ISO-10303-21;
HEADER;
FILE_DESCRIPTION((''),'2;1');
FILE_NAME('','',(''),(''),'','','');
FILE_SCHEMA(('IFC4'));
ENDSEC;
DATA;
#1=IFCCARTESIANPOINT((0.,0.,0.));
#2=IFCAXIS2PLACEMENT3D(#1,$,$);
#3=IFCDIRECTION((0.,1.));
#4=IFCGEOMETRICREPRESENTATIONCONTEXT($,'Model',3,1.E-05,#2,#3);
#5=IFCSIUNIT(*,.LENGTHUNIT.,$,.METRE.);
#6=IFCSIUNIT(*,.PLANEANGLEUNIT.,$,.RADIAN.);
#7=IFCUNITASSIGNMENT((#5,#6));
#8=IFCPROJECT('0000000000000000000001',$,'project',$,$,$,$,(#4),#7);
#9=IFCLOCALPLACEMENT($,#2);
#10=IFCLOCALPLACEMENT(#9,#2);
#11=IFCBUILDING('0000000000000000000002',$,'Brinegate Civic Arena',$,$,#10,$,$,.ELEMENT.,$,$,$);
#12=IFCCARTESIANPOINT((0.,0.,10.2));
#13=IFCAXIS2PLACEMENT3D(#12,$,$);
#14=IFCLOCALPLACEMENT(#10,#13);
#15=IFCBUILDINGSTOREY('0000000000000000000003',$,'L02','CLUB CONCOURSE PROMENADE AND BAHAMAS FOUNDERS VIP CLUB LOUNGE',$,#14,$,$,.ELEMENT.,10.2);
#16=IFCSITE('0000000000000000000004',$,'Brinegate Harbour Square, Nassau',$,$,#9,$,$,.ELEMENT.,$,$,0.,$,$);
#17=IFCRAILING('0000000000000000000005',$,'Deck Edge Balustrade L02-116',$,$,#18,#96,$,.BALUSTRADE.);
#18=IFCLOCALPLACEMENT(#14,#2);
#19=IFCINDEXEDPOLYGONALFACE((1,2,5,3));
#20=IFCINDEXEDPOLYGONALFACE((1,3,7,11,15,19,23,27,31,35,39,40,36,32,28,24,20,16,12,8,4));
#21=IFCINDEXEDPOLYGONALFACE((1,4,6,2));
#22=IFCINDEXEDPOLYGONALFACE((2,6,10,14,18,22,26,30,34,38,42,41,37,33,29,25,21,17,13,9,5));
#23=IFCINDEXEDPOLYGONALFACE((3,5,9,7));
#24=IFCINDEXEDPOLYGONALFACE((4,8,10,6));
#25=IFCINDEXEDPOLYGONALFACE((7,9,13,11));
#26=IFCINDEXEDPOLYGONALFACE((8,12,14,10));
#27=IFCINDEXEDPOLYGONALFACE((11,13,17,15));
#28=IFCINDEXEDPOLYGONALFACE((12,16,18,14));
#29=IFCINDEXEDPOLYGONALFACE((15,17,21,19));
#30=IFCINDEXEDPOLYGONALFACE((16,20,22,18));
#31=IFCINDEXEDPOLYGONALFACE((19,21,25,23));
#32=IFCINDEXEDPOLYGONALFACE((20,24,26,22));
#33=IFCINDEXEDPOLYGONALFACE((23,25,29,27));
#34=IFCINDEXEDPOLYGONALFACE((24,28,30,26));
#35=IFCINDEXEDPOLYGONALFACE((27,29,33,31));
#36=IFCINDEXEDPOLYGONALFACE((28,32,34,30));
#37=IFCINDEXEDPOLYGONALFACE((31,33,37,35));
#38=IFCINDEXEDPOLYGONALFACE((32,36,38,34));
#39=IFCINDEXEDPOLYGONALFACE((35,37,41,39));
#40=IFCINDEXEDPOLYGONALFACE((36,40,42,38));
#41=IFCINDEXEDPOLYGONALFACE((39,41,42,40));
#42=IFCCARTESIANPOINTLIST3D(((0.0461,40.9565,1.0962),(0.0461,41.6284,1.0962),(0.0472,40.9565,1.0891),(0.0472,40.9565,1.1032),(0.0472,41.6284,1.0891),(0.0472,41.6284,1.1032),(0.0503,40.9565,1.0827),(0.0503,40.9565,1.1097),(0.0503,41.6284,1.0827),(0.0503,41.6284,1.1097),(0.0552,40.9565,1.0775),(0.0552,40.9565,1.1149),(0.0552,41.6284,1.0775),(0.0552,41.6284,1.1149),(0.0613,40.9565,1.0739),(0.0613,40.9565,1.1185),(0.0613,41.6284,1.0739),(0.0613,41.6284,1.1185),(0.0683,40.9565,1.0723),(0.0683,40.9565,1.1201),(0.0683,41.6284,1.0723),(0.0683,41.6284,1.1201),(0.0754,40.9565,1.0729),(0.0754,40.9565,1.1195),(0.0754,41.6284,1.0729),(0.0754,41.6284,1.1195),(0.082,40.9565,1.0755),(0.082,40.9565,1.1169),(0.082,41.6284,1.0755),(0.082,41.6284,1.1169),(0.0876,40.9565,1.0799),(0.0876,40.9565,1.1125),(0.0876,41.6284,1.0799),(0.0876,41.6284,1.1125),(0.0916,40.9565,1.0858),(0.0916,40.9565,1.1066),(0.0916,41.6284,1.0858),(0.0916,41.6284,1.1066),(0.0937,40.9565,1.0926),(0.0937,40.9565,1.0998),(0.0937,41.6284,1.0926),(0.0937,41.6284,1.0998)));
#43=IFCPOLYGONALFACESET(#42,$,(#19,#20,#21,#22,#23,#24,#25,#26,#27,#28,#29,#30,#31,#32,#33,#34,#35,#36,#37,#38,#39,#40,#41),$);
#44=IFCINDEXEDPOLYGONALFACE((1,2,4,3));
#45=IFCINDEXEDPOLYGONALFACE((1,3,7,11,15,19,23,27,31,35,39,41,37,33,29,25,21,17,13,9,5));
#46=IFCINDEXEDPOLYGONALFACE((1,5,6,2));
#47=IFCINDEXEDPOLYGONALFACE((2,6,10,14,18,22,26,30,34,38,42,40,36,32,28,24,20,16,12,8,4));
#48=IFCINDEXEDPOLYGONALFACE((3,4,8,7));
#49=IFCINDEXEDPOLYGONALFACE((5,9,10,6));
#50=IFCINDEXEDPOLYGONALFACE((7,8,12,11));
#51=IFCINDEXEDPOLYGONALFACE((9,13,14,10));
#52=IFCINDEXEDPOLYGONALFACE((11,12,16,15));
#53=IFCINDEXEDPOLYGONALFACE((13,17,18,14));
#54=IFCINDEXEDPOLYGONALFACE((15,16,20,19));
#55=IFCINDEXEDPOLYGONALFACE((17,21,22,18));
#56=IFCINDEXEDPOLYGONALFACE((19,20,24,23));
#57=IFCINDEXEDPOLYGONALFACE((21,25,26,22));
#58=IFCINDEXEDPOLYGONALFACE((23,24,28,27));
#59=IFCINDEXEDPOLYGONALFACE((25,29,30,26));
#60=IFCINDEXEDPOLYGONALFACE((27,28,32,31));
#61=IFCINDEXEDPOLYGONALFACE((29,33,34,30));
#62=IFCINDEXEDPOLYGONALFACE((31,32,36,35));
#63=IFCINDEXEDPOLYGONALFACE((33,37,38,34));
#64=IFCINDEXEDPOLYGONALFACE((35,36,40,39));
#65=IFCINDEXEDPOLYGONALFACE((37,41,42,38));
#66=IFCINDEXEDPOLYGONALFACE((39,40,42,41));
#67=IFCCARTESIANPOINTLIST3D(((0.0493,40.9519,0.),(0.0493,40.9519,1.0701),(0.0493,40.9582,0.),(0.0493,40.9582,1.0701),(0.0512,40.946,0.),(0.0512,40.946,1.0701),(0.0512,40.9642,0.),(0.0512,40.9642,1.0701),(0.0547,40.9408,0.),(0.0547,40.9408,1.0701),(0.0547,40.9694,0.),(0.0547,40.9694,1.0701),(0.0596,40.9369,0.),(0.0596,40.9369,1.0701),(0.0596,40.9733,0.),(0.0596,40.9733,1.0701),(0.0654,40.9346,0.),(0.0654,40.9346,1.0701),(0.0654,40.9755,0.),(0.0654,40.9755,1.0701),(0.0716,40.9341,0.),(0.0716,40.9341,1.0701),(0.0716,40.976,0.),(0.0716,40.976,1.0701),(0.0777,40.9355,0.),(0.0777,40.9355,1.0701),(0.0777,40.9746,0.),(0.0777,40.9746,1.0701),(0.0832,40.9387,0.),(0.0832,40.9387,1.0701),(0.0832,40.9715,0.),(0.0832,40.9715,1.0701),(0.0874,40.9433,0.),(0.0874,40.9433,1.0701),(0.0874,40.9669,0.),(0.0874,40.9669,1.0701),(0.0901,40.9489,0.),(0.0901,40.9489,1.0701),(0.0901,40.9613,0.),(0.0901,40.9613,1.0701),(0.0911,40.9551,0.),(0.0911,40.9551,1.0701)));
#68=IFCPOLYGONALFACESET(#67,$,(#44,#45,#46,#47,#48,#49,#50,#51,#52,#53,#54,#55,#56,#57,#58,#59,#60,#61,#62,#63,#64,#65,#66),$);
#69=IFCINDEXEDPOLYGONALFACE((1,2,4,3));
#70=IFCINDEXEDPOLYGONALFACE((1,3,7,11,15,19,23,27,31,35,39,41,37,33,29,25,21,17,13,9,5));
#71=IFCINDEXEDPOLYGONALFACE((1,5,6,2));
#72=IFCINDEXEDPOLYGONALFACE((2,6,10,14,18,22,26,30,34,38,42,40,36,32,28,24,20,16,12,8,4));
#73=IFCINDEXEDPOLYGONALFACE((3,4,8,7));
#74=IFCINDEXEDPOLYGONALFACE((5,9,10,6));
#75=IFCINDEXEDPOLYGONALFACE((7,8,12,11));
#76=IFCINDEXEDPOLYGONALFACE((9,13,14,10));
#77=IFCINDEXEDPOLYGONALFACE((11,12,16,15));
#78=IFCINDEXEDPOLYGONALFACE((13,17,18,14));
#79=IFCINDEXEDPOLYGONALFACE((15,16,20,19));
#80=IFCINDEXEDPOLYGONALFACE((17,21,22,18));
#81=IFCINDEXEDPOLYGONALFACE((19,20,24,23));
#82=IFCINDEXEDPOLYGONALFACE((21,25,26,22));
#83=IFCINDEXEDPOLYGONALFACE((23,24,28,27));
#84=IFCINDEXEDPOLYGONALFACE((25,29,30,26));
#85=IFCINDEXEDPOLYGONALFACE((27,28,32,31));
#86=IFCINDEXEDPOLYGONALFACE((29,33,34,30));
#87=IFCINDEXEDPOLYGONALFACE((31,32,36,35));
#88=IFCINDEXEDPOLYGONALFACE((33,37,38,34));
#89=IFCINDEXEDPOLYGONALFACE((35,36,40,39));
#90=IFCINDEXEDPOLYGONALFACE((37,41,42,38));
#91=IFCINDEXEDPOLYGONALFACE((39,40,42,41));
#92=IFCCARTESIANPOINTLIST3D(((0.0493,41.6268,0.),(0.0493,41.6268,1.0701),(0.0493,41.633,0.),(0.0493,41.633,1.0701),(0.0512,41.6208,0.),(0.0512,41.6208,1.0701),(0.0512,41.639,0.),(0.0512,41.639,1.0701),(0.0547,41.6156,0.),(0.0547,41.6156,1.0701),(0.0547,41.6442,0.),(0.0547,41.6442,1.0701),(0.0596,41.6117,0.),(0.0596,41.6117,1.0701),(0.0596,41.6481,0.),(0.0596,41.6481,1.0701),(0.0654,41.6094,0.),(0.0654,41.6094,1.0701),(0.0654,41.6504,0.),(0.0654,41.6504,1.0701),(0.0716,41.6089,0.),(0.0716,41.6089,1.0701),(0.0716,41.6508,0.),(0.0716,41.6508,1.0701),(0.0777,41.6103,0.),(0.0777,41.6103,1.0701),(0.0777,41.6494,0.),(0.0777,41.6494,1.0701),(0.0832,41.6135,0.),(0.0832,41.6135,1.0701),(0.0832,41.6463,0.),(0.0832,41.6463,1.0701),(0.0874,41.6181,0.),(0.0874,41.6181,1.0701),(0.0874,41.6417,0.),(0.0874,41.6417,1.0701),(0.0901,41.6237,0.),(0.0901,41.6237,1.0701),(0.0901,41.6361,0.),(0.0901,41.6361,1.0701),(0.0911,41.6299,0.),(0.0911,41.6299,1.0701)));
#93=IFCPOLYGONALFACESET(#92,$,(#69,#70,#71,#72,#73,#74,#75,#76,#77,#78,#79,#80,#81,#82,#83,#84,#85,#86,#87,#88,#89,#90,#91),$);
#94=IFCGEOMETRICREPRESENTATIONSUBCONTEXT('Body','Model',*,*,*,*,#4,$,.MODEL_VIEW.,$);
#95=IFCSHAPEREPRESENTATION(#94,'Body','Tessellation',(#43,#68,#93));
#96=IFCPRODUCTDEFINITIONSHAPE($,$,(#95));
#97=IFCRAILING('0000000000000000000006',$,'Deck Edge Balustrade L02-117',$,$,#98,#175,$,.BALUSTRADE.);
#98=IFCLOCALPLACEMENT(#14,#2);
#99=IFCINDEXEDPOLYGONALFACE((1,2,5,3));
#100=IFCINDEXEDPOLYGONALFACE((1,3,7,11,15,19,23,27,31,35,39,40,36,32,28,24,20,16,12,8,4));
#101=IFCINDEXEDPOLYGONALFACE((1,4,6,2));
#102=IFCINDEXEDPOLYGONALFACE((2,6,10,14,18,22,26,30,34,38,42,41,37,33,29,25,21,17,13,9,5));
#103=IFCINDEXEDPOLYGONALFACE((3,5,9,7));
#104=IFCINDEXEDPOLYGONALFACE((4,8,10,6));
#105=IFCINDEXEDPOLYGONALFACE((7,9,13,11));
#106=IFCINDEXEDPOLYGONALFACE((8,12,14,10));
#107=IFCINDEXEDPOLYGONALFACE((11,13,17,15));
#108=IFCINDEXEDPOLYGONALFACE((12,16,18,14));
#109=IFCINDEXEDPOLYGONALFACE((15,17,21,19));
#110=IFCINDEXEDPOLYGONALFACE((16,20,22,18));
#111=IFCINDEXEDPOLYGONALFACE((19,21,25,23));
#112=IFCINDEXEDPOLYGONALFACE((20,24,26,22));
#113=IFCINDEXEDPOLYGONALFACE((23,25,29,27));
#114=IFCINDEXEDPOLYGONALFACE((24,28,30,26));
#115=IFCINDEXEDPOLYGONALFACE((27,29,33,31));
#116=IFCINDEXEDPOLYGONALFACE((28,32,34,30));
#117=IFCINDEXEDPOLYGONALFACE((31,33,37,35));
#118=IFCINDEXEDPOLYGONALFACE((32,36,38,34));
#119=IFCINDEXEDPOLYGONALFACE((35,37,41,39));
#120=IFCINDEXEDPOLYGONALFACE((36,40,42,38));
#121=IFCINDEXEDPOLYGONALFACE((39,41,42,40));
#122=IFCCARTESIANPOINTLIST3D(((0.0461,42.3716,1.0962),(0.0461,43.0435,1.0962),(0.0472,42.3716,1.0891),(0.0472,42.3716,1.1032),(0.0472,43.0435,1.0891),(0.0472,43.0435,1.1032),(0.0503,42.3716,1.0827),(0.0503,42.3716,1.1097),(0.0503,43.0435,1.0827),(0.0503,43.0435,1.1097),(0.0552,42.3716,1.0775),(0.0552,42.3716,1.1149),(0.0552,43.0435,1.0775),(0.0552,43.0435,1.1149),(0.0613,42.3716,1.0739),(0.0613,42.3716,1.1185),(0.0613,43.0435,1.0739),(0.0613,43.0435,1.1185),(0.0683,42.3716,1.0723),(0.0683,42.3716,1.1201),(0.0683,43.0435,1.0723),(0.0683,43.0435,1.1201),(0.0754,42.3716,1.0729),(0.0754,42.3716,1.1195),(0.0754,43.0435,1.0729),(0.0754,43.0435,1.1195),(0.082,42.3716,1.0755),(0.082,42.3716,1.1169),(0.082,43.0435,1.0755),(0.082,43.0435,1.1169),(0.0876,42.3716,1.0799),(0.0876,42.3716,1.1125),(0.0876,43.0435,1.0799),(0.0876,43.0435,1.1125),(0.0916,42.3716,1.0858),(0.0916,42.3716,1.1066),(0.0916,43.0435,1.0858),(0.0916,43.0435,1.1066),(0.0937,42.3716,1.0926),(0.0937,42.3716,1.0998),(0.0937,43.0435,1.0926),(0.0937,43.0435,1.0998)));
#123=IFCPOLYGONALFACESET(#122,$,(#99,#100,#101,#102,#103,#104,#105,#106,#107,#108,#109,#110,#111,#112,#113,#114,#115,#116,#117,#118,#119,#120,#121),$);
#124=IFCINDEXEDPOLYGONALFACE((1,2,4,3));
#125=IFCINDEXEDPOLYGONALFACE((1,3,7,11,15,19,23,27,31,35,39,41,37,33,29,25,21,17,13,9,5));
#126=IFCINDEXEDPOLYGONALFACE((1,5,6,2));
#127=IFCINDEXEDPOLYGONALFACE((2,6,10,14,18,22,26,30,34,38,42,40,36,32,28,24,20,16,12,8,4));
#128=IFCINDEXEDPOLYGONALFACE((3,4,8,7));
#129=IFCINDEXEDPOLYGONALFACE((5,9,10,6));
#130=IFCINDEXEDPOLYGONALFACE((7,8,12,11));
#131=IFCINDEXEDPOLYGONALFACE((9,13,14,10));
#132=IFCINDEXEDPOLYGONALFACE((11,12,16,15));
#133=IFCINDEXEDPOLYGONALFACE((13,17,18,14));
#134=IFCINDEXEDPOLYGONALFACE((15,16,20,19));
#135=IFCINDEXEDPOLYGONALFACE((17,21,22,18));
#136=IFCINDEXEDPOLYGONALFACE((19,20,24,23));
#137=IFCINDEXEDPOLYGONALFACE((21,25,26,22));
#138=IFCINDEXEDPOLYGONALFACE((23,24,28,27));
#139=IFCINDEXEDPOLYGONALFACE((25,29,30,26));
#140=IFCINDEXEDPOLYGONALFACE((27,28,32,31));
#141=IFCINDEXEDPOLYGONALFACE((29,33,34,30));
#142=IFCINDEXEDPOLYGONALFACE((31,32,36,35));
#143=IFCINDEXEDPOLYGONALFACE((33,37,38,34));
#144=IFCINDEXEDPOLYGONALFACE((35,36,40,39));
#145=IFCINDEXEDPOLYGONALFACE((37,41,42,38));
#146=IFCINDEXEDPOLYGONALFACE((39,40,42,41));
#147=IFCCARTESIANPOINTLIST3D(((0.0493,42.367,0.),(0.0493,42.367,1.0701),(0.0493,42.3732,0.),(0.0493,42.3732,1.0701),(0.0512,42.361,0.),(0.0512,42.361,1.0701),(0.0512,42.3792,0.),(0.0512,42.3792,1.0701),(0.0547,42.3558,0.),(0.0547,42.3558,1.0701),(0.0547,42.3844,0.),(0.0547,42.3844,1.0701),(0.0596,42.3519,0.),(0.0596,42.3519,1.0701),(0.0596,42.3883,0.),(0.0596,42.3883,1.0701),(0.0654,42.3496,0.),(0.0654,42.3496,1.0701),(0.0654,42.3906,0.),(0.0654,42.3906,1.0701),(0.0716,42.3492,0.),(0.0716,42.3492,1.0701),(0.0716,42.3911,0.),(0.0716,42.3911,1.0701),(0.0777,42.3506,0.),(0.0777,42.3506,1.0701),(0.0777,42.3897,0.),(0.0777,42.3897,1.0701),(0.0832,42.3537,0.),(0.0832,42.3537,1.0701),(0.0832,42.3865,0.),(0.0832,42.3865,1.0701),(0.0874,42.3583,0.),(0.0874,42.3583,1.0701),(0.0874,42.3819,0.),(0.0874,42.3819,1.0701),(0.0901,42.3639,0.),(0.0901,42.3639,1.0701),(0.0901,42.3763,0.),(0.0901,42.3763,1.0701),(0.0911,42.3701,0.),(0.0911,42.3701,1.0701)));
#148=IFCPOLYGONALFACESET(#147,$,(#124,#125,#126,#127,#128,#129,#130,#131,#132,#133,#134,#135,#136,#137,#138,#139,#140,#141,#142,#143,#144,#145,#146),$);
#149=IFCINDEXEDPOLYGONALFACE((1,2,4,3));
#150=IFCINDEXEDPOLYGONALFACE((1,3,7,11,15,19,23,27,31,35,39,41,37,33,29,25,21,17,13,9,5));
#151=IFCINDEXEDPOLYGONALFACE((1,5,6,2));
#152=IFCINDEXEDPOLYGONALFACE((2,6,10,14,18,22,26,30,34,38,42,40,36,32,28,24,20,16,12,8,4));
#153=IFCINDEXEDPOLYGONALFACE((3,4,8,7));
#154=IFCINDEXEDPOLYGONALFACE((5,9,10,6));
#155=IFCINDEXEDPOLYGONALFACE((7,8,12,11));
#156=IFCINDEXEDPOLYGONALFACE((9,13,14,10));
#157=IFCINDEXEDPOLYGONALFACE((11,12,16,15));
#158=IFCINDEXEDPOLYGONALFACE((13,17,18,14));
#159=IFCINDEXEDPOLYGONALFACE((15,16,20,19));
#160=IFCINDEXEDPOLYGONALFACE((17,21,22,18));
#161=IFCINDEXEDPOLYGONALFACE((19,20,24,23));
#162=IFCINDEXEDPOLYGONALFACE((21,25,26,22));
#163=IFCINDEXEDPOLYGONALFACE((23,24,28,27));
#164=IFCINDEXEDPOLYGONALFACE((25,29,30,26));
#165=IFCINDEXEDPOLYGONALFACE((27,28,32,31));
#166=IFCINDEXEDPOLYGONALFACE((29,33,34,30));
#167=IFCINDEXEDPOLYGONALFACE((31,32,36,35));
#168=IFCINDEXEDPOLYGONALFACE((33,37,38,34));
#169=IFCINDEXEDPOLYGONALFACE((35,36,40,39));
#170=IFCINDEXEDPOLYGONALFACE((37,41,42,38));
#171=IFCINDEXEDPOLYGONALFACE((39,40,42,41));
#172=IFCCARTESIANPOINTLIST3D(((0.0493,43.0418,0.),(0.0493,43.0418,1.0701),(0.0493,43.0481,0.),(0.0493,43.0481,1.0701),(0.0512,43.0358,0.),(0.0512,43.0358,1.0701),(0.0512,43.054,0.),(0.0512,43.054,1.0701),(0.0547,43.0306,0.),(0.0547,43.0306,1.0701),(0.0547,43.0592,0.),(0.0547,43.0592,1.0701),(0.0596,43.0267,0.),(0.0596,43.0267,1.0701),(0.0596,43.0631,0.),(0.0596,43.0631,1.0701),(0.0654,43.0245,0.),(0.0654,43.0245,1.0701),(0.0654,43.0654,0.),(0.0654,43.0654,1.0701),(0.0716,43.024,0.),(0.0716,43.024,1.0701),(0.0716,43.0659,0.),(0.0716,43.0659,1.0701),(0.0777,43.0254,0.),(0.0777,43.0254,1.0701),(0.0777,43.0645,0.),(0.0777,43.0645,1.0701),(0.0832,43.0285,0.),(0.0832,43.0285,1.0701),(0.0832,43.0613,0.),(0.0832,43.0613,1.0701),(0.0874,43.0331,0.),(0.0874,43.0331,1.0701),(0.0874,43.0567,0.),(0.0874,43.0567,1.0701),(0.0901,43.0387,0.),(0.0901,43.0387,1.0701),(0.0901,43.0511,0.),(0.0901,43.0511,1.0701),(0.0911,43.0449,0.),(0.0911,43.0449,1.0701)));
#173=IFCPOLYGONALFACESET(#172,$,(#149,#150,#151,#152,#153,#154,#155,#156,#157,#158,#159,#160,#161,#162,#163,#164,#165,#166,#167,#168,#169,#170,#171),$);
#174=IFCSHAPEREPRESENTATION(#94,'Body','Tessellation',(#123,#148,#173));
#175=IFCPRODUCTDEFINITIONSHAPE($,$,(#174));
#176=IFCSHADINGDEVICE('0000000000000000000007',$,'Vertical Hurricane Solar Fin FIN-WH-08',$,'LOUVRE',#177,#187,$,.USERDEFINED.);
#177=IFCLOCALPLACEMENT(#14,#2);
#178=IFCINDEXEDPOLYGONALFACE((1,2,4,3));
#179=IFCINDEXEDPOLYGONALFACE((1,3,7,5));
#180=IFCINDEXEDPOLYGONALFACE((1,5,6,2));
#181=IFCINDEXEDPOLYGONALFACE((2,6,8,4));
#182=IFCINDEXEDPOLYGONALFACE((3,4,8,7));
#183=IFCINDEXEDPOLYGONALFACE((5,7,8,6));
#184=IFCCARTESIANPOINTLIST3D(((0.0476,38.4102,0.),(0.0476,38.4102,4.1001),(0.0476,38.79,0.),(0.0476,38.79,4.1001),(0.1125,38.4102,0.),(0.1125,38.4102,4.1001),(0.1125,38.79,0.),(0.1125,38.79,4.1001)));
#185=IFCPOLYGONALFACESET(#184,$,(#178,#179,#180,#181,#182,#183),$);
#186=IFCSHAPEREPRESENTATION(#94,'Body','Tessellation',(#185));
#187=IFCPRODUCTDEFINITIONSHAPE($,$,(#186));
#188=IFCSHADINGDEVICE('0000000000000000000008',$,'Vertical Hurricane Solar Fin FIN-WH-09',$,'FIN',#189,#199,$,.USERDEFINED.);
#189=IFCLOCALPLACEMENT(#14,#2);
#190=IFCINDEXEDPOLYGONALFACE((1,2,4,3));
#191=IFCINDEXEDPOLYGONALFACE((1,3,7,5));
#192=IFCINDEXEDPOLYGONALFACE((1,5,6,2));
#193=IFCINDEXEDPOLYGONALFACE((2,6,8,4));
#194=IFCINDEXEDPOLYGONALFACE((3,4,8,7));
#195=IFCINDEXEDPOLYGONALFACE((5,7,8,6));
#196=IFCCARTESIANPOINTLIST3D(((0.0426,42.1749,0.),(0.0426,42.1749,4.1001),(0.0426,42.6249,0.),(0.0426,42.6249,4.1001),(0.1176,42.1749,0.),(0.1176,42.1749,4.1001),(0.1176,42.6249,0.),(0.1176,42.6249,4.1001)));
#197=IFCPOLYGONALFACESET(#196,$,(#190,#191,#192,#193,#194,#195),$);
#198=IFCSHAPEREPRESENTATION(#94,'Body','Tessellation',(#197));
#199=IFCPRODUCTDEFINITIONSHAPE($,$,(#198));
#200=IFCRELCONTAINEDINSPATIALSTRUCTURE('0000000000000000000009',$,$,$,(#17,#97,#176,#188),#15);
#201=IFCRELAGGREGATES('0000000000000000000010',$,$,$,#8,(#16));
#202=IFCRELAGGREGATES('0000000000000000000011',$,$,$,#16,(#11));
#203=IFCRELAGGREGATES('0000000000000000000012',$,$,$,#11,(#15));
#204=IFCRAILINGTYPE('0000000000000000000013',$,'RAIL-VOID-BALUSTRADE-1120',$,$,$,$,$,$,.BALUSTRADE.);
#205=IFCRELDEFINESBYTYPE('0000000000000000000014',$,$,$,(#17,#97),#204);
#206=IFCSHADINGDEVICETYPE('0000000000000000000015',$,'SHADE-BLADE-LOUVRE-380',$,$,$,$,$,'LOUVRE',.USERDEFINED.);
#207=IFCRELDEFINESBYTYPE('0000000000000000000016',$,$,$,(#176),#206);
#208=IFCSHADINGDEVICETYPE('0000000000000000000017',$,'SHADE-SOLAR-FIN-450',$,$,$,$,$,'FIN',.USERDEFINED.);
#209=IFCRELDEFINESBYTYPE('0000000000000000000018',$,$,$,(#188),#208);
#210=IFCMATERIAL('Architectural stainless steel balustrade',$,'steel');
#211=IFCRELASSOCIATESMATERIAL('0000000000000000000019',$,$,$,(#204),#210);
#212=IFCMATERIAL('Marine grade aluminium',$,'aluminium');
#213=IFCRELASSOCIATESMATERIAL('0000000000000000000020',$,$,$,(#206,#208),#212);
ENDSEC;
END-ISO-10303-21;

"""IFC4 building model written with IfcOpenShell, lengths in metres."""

from ifc_helpers import new_model, si_unit, direction, frame, origin, origin_2d, place, context, subcontext, project, spatial, rectangle, circle, extrude, material, material_profile, profile_set, type_object, element, save


model = new_model("IFC4")

# Units and contexts
model_context = context("Model", 3, precision=1e-05, world=origin(), true_north=direction((0.0, 1.0)))
body_context = subcontext(model_context, "Body", "Model", "MODEL_VIEW")
ifc_project = project(units=[si_unit("LENGTHUNIT", "METRE"), si_unit("PLANEANGLEUNIT", "RADIAN")], contexts=[model_context])

# Site, building, storey
site_placement = place(None, origin())
site = spatial("IfcSite", under=ifc_project, at=site_placement, Name="Brinegate Harbour Square, Nassau", CompositionType="ELEMENT", RefElevation=0.0)
building_placement = place(site_placement, origin())
building = spatial("IfcBuilding", under=site, at=building_placement, Name="Brinegate Civic Arena", CompositionType="ELEMENT")
storey_placement = place(building_placement, frame((0.0, 0.0, 10.2)))
storey = spatial("IfcBuildingStorey", under=building, at=storey_placement, Name="L02", Description="CLUB CONCOURSE PROMENADE AND BAHAMAS FOUNDERS VIP CLUB LOUNGE", CompositionType="ELEMENT", Elevation=10.2)

# Shared definitions
ifc_material_1 = material(Name="Marine grade aluminium", Category="aluminium")

# Railings
ifc_material_2 = material(Name="Architectural stainless steel balustrade", Category="steel")
railing_type = type_object("IfcRailingType", Name="RAIL-VOID-BALUSTRADE-1120", PredefinedType="BALUSTRADE", material=ifc_material_2)
for number, where, name in (
    (1, (0.0701, 40.9551, 0.0), "Deck Edge Balustrade L02-116"),
    (2, (0.0701, 42.3701, 0.0), "Deck Edge Balustrade L02-117"),
):
    element("IfcRailing", number, at=place(storey_placement, frame(where)), inside=storey, type_object=railing_type, Name=name, PredefinedType="BALUSTRADE", context=body_context, shape_type="SweptSolid", body=[
        extrude(circle(Radius=0.0239, at=origin_2d()), frame((0.0, 0.0015, 1.0962), z_axis=(0.0, 1.0, 0.0), x_axis=(-1.0, 0.0, 0.0)), (0.0, 0.0, 1.0), 0.6719),
        extrude(circle(Radius=0.021, at=origin_2d()), origin(), (0.0, 0.0, 1.0), 1.0701),
        extrude(circle(Radius=0.021, at=origin_2d()), frame((0.0, 0.6748, 0.0)), (0.0, 0.0, 1.0), 1.0701),
    ])

# Shading devices
ifc_material_profile_1 = material_profile(ifc_material_1, rectangle(XDim=0.0649, YDim=0.3799, at=origin_2d()), Name="FIN65X380")
ifc_profile_set_1 = profile_set([ifc_material_profile_1], Name="Marine grade aluminium")
shading_device_type_1 = type_object("IfcShadingDeviceType", Name="SHADE-BLADE-LOUVRE-380", ElementType="LOUVRE", PredefinedType="USERDEFINED", material=ifc_profile_set_1)
shading_device_1_placement = place(storey_placement, frame((0.0801, 38.6001, 0.0), z_axis=(0.0, 0.0, 1.0), x_axis=(1.0, 0.0, 0.0)))
element("IfcShadingDevice", 3, at=shading_device_1_placement, inside=storey, type_object=shading_device_type_1, Name="Vertical Hurricane Solar Fin FIN-WH-08", ObjectType="LOUVRE", PredefinedType="USERDEFINED", context=body_context, shape_type="SweptSolid", body=[
    extrude(rectangle(XDim=0.0649, YDim=0.3799, at=origin_2d()), origin(), (0.0, 0.0, 1.0), 4.1001),
])
ifc_material_profile_2 = material_profile(ifc_material_1, rectangle(XDim=0.075, YDim=0.45, at=origin_2d()), Name="FIN75X450")
ifc_profile_set_2 = profile_set([ifc_material_profile_2], Name="Marine grade aluminium")
shading_device_type_2 = type_object("IfcShadingDeviceType", Name="SHADE-SOLAR-FIN-450", ElementType="FIN", PredefinedType="USERDEFINED", material=ifc_profile_set_2)
shading_device_2_placement = place(storey_placement, frame((0.0801, 42.3999, 0.0), z_axis=(0.0, 0.0, 1.0), x_axis=(1.0, 0.0, 0.0)))
element("IfcShadingDevice", 4, at=shading_device_2_placement, inside=storey, type_object=shading_device_type_2, Name="Vertical Hurricane Solar Fin FIN-WH-09", ObjectType="FIN", PredefinedType="USERDEFINED", context=body_context, shape_type="SweptSolid", body=[
    extrude(rectangle(XDim=0.075, YDim=0.45, at=origin_2d()), origin(), (0.0, 0.0, 1.0), 4.1001),
])

save(model, "model.ifc")
